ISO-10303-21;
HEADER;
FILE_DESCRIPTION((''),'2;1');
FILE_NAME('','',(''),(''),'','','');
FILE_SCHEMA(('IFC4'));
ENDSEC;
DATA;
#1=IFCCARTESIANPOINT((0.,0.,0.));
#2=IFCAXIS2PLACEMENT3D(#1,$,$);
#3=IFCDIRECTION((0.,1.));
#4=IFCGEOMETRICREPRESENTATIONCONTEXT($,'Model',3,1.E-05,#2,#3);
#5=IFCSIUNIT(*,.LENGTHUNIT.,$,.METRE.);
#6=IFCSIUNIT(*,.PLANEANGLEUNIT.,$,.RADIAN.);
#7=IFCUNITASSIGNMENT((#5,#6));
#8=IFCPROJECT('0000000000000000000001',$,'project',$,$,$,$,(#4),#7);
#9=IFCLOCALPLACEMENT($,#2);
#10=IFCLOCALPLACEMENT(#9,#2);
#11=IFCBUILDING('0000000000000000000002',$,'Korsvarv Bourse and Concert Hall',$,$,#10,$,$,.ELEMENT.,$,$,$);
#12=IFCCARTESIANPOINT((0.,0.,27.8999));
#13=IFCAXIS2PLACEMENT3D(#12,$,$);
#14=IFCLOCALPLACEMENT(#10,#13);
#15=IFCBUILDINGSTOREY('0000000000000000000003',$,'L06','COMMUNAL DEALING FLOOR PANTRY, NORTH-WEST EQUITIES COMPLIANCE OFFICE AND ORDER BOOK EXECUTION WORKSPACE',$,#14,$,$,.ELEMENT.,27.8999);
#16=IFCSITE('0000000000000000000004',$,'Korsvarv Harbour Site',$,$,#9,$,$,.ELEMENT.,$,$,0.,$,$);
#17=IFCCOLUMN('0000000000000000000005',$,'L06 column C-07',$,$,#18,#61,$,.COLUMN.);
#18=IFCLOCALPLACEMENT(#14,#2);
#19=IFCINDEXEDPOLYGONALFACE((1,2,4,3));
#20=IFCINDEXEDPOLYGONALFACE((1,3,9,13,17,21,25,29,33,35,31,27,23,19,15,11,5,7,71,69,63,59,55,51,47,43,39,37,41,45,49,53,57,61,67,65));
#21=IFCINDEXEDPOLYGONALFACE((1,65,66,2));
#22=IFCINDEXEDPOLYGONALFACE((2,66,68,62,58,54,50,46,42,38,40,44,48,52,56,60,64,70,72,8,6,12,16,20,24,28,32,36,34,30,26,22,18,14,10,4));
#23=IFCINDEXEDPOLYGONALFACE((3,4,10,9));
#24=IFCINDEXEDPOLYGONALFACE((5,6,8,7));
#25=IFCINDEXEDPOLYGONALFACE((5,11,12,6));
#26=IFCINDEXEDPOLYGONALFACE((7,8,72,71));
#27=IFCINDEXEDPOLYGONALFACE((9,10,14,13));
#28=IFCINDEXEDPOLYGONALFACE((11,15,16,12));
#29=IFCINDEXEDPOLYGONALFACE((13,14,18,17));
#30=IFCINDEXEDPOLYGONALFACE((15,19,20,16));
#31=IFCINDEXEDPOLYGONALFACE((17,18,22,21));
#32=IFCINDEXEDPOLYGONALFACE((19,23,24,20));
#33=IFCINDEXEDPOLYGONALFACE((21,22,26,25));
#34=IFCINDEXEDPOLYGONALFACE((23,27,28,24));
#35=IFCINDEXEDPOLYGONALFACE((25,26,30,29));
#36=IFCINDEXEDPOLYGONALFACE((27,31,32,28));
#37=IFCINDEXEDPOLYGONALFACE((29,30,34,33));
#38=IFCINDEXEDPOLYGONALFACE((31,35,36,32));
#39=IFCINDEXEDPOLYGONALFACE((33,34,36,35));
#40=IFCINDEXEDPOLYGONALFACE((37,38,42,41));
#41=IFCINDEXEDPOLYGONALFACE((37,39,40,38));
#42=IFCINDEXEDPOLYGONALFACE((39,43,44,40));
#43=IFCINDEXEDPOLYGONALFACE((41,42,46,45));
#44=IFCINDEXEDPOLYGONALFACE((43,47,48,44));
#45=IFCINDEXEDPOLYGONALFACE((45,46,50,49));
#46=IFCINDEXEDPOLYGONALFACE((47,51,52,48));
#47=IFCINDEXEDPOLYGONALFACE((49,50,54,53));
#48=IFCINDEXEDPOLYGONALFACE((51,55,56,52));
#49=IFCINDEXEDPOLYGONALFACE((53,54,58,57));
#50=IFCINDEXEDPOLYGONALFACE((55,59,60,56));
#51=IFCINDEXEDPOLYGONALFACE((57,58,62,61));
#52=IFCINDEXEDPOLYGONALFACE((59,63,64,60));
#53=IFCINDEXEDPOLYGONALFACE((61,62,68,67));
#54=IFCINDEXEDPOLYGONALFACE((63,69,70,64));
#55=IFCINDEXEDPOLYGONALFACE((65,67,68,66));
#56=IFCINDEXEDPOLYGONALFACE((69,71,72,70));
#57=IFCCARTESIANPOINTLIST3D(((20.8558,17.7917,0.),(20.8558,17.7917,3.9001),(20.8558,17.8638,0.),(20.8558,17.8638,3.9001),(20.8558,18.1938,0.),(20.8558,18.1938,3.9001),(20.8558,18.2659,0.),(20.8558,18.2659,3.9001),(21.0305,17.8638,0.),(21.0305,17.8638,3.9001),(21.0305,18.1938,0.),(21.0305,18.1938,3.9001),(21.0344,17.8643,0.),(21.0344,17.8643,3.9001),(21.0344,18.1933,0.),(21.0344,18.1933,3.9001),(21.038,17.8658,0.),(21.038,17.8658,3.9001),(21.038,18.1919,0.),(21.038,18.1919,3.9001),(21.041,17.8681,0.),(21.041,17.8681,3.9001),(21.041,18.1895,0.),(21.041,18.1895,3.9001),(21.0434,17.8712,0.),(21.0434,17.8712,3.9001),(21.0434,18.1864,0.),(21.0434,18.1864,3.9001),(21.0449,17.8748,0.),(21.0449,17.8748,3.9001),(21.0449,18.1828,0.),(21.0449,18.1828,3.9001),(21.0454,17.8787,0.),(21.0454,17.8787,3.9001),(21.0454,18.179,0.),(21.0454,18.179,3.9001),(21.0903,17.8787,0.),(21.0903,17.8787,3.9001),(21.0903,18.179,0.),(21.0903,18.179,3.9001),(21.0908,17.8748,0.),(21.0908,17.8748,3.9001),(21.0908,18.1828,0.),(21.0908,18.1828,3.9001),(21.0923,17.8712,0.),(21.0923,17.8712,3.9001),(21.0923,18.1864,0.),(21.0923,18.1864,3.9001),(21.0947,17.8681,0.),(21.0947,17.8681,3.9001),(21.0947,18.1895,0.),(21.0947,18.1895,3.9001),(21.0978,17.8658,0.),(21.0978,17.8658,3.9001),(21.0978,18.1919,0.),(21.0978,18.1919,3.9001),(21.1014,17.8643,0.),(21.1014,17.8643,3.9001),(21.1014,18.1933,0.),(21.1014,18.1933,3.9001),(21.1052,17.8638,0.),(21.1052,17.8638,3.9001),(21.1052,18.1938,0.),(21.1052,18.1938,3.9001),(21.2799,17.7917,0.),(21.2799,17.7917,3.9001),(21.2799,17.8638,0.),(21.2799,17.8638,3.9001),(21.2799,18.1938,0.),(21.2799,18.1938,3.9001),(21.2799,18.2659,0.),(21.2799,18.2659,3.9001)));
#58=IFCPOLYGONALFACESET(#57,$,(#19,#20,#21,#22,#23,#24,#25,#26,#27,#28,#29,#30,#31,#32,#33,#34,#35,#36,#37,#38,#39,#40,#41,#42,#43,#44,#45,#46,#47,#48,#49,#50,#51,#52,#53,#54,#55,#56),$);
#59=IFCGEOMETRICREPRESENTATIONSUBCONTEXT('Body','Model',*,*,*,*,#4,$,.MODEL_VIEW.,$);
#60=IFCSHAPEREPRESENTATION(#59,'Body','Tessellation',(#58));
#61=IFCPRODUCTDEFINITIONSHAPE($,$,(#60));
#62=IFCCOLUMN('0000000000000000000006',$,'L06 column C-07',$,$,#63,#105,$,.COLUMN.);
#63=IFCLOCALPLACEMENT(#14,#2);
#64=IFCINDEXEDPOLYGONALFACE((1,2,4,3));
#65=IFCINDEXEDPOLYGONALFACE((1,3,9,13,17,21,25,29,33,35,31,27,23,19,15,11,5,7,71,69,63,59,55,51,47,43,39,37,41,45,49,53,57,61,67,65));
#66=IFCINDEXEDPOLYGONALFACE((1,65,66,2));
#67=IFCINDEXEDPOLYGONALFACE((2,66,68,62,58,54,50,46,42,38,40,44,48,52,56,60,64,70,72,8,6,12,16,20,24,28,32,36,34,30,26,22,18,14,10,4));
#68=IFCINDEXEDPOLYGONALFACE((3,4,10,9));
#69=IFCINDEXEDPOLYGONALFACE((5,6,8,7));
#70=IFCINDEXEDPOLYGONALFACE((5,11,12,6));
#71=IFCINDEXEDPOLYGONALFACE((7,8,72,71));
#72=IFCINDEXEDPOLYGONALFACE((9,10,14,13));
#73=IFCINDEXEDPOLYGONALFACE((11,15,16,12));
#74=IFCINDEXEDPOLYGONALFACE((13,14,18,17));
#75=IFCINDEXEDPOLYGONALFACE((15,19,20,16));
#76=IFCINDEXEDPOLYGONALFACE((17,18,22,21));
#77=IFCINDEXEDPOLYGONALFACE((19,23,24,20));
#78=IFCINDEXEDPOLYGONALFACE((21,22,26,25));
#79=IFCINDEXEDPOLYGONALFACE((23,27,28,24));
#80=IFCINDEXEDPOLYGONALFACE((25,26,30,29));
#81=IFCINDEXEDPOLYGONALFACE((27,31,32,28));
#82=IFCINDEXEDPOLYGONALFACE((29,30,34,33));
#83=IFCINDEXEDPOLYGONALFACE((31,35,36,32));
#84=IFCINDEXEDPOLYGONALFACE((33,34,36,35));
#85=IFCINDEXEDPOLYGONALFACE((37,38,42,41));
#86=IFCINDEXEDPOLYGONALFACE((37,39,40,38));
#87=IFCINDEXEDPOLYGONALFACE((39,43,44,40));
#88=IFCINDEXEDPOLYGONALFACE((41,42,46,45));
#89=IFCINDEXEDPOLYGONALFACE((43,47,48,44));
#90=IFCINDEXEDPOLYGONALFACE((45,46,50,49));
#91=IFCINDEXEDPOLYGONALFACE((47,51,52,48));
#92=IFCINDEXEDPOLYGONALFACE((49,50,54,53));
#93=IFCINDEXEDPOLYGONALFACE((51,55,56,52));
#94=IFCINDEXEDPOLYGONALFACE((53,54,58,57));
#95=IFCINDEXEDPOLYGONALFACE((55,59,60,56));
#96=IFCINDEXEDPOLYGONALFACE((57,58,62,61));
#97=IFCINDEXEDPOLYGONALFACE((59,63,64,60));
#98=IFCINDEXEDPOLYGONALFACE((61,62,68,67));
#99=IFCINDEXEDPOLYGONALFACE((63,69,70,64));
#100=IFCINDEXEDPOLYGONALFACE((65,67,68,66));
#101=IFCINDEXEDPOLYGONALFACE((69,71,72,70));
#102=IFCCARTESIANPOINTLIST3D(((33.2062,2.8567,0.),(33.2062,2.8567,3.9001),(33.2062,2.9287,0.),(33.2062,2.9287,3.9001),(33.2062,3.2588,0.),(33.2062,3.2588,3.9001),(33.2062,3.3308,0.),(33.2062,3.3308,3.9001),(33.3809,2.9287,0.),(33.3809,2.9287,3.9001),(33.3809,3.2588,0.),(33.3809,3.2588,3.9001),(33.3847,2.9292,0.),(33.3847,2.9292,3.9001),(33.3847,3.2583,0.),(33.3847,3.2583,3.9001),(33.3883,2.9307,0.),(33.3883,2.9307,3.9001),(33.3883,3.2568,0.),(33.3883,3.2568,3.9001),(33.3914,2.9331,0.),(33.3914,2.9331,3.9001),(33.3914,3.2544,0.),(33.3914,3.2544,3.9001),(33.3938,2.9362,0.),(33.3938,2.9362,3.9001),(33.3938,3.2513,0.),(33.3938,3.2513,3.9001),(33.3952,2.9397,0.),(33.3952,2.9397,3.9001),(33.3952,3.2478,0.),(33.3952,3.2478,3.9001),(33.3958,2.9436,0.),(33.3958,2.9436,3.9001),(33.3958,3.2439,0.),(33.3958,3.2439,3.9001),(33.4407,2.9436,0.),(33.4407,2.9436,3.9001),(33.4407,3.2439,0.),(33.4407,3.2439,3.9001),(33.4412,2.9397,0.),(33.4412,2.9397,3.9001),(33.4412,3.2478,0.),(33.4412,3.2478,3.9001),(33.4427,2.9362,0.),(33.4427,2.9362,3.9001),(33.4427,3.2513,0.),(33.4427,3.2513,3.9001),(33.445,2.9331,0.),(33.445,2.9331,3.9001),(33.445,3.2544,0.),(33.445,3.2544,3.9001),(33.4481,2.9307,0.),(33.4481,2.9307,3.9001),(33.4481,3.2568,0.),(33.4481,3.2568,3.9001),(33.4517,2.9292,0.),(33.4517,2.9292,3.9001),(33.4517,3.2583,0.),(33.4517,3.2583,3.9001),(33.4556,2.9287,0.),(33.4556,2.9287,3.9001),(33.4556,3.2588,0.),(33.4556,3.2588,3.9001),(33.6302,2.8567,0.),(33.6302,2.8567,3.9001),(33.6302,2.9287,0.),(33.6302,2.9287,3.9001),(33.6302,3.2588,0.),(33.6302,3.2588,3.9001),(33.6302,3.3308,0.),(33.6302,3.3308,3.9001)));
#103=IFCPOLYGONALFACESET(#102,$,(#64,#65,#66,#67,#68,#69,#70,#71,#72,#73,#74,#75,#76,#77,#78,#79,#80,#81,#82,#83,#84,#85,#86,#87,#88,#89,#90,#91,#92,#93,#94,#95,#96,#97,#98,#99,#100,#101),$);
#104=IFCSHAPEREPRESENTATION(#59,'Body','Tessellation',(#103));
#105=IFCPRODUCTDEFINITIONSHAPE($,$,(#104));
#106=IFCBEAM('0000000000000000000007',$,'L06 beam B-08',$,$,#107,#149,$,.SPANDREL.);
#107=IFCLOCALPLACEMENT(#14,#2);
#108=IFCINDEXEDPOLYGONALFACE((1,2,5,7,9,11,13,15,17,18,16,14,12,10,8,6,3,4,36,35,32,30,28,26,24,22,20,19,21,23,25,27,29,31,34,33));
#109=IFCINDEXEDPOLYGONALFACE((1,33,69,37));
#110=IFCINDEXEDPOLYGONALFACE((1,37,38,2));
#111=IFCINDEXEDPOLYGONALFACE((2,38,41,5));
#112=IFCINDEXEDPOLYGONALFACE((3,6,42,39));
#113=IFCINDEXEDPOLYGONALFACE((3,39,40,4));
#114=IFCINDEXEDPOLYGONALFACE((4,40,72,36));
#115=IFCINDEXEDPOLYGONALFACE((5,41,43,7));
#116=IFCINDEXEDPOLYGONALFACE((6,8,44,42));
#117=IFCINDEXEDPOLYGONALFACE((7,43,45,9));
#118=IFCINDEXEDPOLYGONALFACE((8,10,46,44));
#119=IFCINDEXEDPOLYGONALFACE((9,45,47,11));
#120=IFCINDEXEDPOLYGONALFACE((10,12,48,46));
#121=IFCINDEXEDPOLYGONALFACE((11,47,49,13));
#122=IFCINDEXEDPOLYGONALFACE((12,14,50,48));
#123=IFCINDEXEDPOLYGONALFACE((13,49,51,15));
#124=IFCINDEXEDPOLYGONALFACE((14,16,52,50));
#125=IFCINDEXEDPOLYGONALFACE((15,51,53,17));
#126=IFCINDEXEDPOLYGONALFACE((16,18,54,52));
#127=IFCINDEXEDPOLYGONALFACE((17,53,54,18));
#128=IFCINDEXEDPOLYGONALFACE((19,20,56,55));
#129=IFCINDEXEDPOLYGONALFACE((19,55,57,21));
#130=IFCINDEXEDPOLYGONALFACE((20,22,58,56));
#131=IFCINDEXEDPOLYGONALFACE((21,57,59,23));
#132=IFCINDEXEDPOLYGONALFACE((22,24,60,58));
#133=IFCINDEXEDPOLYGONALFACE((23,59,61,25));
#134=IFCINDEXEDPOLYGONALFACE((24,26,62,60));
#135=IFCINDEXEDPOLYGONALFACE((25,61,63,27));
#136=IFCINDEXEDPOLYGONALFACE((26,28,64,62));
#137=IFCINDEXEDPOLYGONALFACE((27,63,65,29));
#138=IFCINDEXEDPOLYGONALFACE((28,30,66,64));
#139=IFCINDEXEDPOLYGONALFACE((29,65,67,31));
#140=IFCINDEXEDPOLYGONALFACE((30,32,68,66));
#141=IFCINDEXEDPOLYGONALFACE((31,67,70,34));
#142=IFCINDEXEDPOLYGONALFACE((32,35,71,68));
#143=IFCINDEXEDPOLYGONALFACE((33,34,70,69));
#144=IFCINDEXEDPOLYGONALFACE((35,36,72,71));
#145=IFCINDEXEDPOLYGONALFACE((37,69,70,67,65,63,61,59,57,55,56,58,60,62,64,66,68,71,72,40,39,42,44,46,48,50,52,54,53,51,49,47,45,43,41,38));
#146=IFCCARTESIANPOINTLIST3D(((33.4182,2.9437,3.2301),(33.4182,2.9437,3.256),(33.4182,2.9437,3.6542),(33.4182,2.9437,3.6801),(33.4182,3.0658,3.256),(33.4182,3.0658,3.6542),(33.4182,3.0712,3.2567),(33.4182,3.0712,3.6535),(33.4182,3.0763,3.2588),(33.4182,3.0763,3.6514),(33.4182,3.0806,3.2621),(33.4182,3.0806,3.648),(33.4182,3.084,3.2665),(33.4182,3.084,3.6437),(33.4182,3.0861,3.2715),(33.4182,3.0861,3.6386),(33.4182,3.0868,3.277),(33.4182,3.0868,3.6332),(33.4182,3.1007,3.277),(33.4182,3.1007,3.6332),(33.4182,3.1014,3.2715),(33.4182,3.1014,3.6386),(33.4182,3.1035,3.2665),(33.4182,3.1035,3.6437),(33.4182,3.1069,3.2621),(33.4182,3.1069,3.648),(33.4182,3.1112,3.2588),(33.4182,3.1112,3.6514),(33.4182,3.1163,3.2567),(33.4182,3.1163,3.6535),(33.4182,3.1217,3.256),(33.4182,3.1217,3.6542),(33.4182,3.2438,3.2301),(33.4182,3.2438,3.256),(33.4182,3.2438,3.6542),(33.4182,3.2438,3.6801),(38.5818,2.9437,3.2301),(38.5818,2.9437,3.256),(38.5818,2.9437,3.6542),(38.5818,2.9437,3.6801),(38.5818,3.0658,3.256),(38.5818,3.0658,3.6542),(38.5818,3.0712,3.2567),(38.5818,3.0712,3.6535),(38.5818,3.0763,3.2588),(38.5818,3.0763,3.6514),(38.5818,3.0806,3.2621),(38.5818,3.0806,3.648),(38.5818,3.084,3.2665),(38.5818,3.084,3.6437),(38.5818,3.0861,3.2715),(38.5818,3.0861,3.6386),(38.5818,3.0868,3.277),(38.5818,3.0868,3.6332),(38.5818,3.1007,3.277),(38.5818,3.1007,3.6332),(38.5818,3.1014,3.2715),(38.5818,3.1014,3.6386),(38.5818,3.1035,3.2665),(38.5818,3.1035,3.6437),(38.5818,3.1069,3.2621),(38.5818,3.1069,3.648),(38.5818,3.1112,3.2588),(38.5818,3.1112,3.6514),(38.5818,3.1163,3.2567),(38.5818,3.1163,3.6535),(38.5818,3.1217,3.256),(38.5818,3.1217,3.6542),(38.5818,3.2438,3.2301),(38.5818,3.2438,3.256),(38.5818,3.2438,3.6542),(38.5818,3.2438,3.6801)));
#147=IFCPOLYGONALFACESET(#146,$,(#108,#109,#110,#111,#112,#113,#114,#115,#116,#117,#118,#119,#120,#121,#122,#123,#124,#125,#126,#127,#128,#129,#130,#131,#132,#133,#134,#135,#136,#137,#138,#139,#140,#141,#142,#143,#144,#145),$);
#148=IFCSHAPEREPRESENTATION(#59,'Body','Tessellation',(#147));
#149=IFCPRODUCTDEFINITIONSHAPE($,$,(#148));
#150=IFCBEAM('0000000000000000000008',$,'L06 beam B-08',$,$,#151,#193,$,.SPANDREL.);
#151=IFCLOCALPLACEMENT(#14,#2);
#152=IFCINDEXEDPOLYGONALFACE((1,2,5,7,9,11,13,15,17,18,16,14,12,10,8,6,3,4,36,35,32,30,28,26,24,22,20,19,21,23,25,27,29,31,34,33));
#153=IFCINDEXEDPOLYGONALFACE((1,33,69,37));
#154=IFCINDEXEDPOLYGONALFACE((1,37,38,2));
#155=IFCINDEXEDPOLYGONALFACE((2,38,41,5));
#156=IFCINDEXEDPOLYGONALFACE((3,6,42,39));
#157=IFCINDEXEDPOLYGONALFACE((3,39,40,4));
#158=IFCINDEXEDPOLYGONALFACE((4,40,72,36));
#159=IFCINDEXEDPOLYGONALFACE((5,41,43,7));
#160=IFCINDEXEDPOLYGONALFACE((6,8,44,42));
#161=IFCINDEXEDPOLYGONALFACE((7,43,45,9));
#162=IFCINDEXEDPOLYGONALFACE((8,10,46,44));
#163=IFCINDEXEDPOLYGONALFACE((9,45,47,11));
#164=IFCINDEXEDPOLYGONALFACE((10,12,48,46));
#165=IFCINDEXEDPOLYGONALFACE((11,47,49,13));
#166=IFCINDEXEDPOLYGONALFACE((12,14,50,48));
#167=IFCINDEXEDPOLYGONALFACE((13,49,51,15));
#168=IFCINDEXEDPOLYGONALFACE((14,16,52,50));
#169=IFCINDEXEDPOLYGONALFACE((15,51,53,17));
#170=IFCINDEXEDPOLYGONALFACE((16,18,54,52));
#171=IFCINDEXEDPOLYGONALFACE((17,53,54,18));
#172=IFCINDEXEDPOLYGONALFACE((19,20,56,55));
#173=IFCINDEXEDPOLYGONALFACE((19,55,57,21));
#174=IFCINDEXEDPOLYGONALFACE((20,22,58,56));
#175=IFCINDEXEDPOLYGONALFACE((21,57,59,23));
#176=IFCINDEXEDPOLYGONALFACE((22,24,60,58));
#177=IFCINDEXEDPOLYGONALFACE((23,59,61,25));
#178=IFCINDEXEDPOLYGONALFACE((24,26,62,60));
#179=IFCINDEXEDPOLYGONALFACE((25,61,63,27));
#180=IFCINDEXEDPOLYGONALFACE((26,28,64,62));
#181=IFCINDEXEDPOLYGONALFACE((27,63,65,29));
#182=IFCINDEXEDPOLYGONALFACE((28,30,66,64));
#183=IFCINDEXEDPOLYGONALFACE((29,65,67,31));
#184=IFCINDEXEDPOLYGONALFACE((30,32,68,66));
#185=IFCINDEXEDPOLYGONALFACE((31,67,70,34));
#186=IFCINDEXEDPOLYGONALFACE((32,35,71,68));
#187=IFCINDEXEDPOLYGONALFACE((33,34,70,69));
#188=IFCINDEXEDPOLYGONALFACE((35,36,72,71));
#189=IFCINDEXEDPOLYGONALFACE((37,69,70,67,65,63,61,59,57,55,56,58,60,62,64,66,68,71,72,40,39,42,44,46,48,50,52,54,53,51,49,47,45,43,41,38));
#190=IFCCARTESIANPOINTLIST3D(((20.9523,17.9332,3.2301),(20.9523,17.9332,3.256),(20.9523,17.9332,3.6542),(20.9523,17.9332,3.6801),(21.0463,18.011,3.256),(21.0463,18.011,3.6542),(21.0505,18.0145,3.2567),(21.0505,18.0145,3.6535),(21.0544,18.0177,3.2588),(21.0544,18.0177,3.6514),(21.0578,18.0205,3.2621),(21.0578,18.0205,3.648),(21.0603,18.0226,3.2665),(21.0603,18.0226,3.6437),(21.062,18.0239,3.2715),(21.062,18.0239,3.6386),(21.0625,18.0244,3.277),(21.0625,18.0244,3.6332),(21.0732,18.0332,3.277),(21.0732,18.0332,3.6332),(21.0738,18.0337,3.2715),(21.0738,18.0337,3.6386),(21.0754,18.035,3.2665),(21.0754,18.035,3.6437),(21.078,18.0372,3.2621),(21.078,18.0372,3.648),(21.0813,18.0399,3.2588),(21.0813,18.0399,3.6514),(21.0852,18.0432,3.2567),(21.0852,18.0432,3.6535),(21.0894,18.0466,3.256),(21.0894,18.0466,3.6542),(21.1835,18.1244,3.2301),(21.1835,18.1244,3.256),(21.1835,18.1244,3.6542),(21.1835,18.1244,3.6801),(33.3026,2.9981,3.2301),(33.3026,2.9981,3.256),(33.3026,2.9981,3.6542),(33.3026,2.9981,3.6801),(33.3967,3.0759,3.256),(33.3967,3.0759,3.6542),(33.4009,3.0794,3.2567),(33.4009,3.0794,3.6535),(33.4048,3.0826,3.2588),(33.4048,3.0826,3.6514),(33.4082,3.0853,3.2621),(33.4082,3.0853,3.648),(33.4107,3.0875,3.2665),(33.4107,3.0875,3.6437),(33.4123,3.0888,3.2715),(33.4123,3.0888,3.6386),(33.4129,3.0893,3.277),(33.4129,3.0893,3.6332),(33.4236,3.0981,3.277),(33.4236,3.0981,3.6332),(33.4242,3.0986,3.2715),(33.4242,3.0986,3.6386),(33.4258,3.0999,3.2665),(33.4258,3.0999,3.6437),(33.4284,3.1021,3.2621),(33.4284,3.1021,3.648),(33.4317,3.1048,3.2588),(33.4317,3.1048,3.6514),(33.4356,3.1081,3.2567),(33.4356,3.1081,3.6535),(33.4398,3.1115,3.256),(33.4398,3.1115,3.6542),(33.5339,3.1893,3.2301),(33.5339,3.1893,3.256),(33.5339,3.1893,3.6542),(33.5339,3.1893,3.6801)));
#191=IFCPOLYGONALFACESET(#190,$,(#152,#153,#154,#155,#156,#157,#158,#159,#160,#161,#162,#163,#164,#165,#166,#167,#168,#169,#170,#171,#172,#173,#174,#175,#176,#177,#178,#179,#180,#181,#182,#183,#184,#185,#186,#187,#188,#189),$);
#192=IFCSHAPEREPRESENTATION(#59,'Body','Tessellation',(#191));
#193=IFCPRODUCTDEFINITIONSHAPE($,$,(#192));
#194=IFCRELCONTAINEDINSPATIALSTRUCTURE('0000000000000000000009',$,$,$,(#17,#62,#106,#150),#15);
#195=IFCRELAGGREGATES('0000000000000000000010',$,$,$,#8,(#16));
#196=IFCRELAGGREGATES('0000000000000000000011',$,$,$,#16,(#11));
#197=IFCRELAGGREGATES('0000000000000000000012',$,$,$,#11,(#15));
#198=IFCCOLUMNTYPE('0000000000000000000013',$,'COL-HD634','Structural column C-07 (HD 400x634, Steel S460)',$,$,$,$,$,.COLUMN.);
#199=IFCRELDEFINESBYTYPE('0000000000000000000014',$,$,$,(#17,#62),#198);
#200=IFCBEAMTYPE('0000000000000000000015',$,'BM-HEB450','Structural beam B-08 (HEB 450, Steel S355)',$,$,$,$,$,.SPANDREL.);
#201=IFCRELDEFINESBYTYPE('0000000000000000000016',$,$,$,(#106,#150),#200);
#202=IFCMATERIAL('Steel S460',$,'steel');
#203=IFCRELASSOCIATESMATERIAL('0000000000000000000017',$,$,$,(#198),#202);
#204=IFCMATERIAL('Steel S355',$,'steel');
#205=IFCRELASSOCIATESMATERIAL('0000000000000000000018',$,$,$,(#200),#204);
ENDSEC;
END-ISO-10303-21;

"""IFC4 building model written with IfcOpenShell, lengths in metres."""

from ifc_helpers import new_model, si_unit, direction, frame, origin, origin_2d, place, context, subcontext, project, spatial, i_section, extrude, source, transform, mapped, material, material_profile, profile_set, type_object, element, save


model = new_model("IFC4")

# Units and contexts
model_context = context("Model", 3, precision=1e-05, world=origin(), true_north=direction((0.0, 1.0)))
body_context = subcontext(model_context, "Body", "Model", "MODEL_VIEW")
ifc_project = project(units=[si_unit("LENGTHUNIT", "METRE"), si_unit("PLANEANGLEUNIT", "RADIAN")], contexts=[model_context])

# Site, building, storey
site_placement = place(None, origin())
site = spatial("IfcSite", under=ifc_project, at=site_placement, Name="Korsvarv Harbour Site", CompositionType="ELEMENT", RefElevation=0.0)
building_placement = place(site_placement, origin())
building = spatial("IfcBuilding", under=site, at=building_placement, Name="Korsvarv Bourse and Concert Hall", CompositionType="ELEMENT")
storey_placement = place(building_placement, frame((0.0, 0.0, 27.8999)))
storey = spatial("IfcBuildingStorey", under=building, at=storey_placement, Name="L06", Description="COMMUNAL DEALING FLOOR PANTRY, NORTH-WEST EQUITIES COMPLIANCE OFFICE AND ORDER BOOK EXECUTION WORKSPACE", CompositionType="ELEMENT", Elevation=27.8999)

# Columns
ifc_material_1 = material(Name="Steel S460", Category="steel")
ifc_material_profile_1 = material_profile(ifc_material_1, i_section(OverallWidth=0.4241, OverallDepth=0.4741, WebThickness=0.0449, FlangeThickness=0.072, FilletRadius=0.0149, at=origin_2d()), Name="HD 400x634")
ifc_profile_set_1 = profile_set([ifc_material_profile_1], Name="Steel S460")
column_type = type_object("IfcColumnType", Name="COL-HD634", Description="Structural column C-07 (HD 400x634, Steel S460)", PredefinedType="COLUMN", material=ifc_profile_set_1)
shared_shape_1 = source(origin(), body_context, "Body", "SweptSolid", [
    extrude(i_section(OverallWidth=0.4241, OverallDepth=0.4741, WebThickness=0.0449, FlangeThickness=0.072, FilletRadius=0.0149, at=origin_2d()), origin(), (0.0, 0.0, 1.0), 3.9001),
])
for number, where, z_axis, x_axis, name in (
    (1, (21.0679, 18.0288, 0.0), (0.0, 0.0, 1.0), (1.0, 0.0, 0.0), "L06 column C-07"),
    (2, (33.4182, 3.0938, 0.0), (0.0, 0.0, 1.0), (1.0, 0.0, 0.0), "L06 column C-07"),
):
    element("IfcColumn", number, at=place(storey_placement, frame(where, z_axis=z_axis, x_axis=x_axis)), inside=storey, type_object=column_type, Name=name, PredefinedType="COLUMN", context=body_context, shape_type="MappedRepresentation", body=[
        mapped(shared_shape_1, transform((0.0, 0.0, 0.0), scale=1.0)),
    ])

# Beams
ifc_material_2 = material(Name="Steel S355", Category="steel")
ifc_material_profile_2 = material_profile(ifc_material_2, i_section(OverallWidth=0.3, OverallDepth=0.45, WebThickness=0.0139, FlangeThickness=0.0259, FilletRadius=0.021, at=origin_2d()), Name="HEB 450")
ifc_profile_set_2 = profile_set([ifc_material_profile_2], Name="Steel S355")
beam_type_1 = type_object("IfcBeamType", Name="BM-HEB450", Description="Structural beam B-08 (HEB 450, Steel S355)", PredefinedType="SPANDREL", material=ifc_profile_set_2)
shared_shape_2 = source(origin(), body_context, "Body", "SweptSolid", [
    extrude(i_section(OverallWidth=0.3, OverallDepth=0.45, WebThickness=0.0139, FlangeThickness=0.0259, FilletRadius=0.021, at=origin_2d()), origin(), (0.0, 0.0, 1.0), 5.1636),
])
beam_1_placement = place(storey_placement, frame((33.4182, 3.0938, 3.4551), z_axis=(1.0, 0.0, 0.0), x_axis=(0.0, 1.0, 0.0)))
element("IfcBeam", 3, at=beam_1_placement, inside=storey, type_object=beam_type_1, Name="L06 beam B-08", PredefinedType="SPANDREL", context=body_context, shape_type="MappedRepresentation", body=[
    mapped(shared_shape_2, transform((0.0, 0.0, 0.0), scale=1.0)),
])
shared_shape_3 = source(origin(), body_context, "Body", "SweptSolid", [
    extrude(i_section(OverallWidth=0.3, OverallDepth=0.45, WebThickness=0.0139, FlangeThickness=0.0259, FilletRadius=0.021, at=origin_2d()), origin(), (0.0, 0.0, 1.0), 19.3801),
])
beam_2_placement = place(storey_placement, frame((21.0679, 18.0288, 3.4551), z_axis=(0.63727, -0.77064, 0.0), x_axis=(0.77064, 0.63727, 0.0)))
element("IfcBeam", 4, at=beam_2_placement, inside=storey, type_object=beam_type_1, Name="L06 beam B-08", PredefinedType="SPANDREL", context=body_context, shape_type="MappedRepresentation", body=[
    mapped(shared_shape_3, transform((0.0, 0.0, 0.0), scale=1.0)),
])

save(model, "model.ifc")
